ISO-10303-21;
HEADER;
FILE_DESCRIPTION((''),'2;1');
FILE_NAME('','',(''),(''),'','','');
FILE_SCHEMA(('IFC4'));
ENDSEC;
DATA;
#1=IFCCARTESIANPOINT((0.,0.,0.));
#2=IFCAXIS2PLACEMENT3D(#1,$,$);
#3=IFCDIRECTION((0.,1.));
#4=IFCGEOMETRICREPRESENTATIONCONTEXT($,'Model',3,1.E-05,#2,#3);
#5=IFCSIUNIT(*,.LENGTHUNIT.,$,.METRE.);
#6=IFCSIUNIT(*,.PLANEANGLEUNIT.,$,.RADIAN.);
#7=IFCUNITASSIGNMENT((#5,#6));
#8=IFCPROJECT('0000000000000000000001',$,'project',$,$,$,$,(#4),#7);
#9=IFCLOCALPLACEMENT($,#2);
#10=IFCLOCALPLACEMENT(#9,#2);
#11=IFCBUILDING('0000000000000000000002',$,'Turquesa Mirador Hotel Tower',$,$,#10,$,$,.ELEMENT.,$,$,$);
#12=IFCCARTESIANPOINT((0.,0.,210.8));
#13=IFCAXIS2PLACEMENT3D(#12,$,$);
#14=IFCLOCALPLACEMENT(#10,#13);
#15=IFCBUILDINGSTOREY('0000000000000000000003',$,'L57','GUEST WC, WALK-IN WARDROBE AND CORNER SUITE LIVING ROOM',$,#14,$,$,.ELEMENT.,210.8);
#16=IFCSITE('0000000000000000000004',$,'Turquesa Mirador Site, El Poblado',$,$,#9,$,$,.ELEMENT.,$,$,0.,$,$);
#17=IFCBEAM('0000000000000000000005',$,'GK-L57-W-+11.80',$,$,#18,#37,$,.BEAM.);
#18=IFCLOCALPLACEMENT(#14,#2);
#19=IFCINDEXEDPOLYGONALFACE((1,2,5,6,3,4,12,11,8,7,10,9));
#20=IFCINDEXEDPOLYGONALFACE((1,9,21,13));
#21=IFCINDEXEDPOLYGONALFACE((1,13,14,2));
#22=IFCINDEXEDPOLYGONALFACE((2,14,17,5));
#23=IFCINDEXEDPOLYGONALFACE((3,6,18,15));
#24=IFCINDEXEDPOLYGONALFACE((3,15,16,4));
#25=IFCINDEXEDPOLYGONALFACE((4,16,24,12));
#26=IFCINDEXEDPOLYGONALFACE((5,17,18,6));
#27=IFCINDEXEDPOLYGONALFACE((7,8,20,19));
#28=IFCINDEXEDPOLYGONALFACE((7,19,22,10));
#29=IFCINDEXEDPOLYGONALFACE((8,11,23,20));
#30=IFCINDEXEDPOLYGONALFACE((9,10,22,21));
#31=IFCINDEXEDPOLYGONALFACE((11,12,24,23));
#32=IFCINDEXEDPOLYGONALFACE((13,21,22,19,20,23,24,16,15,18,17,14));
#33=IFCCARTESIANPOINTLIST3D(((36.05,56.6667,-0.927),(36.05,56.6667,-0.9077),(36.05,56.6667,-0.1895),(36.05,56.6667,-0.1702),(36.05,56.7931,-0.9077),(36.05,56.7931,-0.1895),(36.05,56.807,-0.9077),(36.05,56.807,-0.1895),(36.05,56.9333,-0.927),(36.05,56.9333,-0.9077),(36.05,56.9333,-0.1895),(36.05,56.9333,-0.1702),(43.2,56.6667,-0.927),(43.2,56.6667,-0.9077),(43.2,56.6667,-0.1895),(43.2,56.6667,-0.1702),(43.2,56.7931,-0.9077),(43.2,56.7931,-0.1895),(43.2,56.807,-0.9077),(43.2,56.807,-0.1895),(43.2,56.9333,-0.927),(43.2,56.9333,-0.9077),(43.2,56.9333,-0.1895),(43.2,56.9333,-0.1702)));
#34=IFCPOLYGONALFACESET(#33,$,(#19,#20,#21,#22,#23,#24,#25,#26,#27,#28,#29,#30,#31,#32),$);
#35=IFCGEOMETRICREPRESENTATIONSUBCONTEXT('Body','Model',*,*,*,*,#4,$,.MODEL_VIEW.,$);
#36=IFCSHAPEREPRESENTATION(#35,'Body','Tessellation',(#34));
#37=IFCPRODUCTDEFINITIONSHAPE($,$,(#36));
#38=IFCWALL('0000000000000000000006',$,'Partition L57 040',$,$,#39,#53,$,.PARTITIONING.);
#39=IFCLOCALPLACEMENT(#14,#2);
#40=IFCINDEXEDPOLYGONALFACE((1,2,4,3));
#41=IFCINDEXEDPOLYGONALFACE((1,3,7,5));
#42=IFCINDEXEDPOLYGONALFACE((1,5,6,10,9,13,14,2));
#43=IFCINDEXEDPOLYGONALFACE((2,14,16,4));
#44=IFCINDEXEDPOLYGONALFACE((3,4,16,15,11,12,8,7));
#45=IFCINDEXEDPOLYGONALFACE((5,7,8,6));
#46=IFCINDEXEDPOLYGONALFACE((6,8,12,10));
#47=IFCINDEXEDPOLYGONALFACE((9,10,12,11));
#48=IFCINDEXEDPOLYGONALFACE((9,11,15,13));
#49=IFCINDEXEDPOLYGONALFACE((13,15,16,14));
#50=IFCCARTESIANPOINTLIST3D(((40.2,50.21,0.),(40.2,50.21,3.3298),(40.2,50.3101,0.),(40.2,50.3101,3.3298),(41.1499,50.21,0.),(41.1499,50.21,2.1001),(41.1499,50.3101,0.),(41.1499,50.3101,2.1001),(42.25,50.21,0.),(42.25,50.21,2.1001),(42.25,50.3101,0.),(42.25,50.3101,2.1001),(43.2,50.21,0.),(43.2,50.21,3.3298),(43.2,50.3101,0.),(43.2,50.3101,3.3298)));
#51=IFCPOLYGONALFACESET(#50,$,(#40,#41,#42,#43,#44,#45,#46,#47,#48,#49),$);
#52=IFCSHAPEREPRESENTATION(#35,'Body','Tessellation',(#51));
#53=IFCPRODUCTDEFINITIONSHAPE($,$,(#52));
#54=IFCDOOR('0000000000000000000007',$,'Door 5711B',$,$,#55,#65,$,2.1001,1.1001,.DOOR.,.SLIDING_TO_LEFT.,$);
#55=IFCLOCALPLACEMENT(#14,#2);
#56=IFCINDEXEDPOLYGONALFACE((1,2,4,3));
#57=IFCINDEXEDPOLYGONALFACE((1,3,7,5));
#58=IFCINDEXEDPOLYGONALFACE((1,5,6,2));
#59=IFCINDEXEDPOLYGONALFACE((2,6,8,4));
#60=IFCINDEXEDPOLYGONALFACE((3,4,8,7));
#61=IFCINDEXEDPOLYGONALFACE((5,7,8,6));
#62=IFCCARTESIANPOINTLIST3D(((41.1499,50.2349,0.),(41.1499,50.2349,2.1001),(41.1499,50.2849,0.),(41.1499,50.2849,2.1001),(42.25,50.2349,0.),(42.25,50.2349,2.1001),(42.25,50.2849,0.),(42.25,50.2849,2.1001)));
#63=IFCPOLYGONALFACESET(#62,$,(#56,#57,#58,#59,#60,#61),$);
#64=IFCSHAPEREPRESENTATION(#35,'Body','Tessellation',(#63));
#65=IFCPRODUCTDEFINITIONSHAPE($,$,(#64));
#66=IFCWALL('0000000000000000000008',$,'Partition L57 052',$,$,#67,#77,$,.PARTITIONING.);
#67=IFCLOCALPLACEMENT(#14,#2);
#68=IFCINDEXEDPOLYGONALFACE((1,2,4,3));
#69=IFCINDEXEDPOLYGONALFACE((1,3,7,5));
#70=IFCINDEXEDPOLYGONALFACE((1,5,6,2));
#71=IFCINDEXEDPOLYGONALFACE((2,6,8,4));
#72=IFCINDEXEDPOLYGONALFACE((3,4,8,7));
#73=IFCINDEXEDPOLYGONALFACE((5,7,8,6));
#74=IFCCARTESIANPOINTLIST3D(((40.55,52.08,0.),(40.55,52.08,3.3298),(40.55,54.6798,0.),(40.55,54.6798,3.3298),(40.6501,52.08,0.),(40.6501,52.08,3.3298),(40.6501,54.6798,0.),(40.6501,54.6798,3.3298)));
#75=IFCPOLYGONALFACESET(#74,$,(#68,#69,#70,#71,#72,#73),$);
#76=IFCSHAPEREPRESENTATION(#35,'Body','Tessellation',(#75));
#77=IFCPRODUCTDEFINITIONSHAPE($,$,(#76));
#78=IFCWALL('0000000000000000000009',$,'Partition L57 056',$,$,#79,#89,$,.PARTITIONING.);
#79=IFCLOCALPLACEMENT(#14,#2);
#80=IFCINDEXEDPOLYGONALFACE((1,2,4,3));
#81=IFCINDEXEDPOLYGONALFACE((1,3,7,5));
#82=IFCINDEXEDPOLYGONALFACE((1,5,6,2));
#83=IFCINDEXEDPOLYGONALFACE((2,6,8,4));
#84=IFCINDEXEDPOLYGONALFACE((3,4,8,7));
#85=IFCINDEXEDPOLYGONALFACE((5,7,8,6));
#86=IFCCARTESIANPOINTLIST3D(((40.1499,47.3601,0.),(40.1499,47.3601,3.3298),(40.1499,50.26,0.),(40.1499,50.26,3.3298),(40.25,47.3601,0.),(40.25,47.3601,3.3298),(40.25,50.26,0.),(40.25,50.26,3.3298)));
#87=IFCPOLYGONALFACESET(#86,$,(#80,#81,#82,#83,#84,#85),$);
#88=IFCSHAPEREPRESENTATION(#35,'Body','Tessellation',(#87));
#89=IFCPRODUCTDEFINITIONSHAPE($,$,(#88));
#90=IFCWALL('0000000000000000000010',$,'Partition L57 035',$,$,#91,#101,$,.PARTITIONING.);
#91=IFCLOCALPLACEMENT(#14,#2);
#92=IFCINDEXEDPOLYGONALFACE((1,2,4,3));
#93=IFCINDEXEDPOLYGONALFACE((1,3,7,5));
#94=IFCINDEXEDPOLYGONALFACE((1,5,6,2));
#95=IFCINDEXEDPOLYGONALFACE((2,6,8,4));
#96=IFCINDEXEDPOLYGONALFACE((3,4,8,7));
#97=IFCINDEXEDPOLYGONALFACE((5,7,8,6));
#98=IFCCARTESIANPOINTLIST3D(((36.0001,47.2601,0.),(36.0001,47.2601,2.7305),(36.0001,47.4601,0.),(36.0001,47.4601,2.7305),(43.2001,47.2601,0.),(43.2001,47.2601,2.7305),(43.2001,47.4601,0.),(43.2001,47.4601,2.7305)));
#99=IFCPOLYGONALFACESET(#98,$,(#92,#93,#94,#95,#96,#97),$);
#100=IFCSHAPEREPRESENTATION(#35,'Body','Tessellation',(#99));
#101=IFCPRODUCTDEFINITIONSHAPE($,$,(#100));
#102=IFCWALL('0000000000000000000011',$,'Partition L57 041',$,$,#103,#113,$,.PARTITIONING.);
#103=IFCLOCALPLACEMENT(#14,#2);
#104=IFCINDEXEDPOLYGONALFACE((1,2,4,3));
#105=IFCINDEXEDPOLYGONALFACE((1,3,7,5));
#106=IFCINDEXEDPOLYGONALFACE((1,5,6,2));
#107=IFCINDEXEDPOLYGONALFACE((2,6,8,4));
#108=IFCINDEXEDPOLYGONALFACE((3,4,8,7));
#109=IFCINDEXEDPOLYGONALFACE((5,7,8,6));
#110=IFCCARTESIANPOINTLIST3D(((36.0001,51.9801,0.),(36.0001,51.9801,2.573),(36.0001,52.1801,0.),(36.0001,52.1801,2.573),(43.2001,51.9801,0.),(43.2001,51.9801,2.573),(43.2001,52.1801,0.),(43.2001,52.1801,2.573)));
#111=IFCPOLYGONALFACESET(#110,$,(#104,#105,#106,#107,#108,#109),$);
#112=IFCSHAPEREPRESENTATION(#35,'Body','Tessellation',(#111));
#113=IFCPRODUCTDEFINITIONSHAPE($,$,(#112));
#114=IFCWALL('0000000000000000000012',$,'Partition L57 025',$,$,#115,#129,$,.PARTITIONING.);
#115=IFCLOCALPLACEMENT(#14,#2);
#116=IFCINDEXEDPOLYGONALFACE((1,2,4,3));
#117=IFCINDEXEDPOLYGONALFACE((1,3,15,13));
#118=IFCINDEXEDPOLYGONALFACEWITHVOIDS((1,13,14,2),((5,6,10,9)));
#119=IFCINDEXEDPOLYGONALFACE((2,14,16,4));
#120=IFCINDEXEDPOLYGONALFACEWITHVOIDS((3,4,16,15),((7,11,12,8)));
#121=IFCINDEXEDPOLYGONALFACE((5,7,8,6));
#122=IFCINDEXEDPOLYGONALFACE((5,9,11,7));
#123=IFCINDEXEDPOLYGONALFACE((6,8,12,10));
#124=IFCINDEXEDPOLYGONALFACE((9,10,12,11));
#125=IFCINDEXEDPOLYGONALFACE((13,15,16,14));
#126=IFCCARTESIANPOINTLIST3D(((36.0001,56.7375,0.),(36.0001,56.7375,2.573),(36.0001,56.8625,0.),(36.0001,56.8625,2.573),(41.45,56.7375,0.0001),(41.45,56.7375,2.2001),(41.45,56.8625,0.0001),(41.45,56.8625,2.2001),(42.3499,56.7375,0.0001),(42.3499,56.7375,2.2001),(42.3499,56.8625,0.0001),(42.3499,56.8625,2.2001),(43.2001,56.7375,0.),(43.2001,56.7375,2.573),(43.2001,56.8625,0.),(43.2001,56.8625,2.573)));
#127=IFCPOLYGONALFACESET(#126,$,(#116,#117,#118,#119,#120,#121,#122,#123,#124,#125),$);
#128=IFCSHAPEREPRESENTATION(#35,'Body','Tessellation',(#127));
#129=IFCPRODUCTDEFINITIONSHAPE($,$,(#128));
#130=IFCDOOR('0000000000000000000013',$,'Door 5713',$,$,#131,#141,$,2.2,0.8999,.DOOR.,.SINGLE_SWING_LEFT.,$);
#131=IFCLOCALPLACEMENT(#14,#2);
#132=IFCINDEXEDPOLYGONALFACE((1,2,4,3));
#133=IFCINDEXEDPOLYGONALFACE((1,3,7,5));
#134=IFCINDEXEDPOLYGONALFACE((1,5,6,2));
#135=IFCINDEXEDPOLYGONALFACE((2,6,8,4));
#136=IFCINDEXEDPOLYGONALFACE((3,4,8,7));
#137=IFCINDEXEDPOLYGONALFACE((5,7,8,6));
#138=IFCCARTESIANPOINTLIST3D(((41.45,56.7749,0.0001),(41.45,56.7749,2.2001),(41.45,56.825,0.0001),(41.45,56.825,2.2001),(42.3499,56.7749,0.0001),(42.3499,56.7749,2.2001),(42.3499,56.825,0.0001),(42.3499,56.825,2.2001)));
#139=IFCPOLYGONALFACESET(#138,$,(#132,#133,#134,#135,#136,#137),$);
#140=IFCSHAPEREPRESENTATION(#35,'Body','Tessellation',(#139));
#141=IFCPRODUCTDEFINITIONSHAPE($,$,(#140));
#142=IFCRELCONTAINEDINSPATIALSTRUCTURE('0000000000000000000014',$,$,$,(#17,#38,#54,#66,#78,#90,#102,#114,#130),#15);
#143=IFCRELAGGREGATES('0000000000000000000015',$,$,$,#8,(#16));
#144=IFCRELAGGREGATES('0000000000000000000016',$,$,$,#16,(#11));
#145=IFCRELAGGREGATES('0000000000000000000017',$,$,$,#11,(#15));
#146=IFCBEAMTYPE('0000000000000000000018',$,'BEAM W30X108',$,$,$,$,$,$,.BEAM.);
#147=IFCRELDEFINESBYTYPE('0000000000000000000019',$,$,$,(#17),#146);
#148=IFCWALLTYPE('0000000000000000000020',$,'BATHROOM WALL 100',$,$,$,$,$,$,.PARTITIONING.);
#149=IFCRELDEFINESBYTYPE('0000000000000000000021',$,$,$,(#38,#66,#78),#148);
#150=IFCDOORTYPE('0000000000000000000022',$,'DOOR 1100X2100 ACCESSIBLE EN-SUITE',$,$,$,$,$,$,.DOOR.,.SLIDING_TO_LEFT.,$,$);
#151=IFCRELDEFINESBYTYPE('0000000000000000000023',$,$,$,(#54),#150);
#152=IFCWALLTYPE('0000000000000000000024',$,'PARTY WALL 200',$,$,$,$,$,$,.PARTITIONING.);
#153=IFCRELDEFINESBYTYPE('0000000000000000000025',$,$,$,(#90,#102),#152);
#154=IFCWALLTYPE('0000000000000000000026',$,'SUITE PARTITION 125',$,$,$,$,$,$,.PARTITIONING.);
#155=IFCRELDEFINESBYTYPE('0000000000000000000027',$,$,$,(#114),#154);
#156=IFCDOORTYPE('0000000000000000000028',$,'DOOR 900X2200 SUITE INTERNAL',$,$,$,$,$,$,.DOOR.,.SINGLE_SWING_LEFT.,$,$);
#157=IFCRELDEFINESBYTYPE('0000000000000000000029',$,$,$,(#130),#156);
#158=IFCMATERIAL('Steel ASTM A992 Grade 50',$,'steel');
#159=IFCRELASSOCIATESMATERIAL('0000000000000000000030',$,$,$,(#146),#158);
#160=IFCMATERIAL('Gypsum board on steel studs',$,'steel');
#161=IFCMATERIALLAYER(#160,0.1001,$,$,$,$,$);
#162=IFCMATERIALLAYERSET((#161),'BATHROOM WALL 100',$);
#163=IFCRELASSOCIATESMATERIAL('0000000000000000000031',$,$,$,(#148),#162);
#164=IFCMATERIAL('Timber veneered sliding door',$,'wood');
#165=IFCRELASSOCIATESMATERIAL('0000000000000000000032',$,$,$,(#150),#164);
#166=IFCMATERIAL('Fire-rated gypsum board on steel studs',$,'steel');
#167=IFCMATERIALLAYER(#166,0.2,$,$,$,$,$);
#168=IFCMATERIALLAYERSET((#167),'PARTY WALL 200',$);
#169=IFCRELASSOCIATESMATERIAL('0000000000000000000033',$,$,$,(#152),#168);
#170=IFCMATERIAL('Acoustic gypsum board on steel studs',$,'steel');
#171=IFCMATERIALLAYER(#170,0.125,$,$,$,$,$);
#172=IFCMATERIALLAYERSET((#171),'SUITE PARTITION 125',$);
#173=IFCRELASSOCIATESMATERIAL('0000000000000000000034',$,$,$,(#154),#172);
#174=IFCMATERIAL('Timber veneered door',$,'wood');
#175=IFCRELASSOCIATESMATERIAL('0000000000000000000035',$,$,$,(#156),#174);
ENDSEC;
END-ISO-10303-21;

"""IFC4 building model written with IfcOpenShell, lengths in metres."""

from ifc_helpers import new_model, si_unit, direction, frame, frame_2d, origin, origin_2d, place, context, subcontext, project, spatial, rectangle, i_section, extrude, material, layer, layer_set, material_profile, profile_set, type_object, element, fill, save


model = new_model("IFC4")

# Units and contexts
model_context = context("Model", 3, precision=1e-05, world=origin(), true_north=direction((0.0, 1.0)))
body_context = subcontext(model_context, "Body", "Model", "MODEL_VIEW")
ifc_project = project(units=[si_unit("LENGTHUNIT", "METRE"), si_unit("PLANEANGLEUNIT", "RADIAN")], contexts=[model_context])

# Site, building, storey
site_placement = place(None, origin())
site = spatial("IfcSite", under=ifc_project, at=site_placement, Name="Turquesa Mirador Site, El Poblado", CompositionType="ELEMENT", RefElevation=0.0)
building_placement = place(site_placement, origin())
building = spatial("IfcBuilding", under=site, at=building_placement, Name="Turquesa Mirador Hotel Tower", CompositionType="ELEMENT")
storey_placement = place(building_placement, frame((0.0, 0.0, 210.8)))
storey = spatial("IfcBuildingStorey", under=building, at=storey_placement, Name="L57", Description="GUEST WC, WALK-IN WARDROBE AND CORNER SUITE LIVING ROOM", CompositionType="ELEMENT", Elevation=210.8)

# Beam
ifc_material_1 = material(Name="Steel ASTM A992 Grade 50", Category="steel")
ifc_material_profile_1 = material_profile(ifc_material_1, i_section(OverallWidth=0.2666, OverallDepth=0.7568, WebThickness=0.0139, FlangeThickness=0.0193, at=origin_2d()), Name="W30X108")
ifc_profile_set_1 = profile_set([ifc_material_profile_1], Name="Steel ASTM A992 Grade 50")
beam_type_1 = type_object("IfcBeamType", Name="BEAM W30X108", PredefinedType="BEAM", material=ifc_profile_set_1)
beam_1_placement = place(storey_placement, frame((36.05, 56.8, -0.5486), z_axis=(1.0, 0.0, 0.0), x_axis=(0.0, 1.0, 0.0)))
element("IfcBeam", 1, at=beam_1_placement, inside=storey, type_object=beam_type_1, Name="GK-L57-W-+11.80", PredefinedType="BEAM", context=body_context, shape_type="SweptSolid", body=[
    extrude(i_section(OverallWidth=0.2666, OverallDepth=0.7568, WebThickness=0.0139, FlangeThickness=0.0193, at=origin_2d()), origin(), (0.0, 0.0, 1.0), 7.1499),
])

# Wall, opening, door
ifc_material_2 = material(Name="Gypsum board on steel studs", Category="steel")
ifc_layer_1 = layer(ifc_material_2, 0.1001)
ifc_layer_set_1 = layer_set([ifc_layer_1], Name="BATHROOM WALL 100")
wall_type_1 = type_object("IfcWallType", Name="BATHROOM WALL 100", PredefinedType="PARTITIONING", material=ifc_layer_set_1)
wall_1_placement = place(storey_placement, frame((40.2, 50.26, 0.0), z_axis=(0.0, 0.0, 1.0), x_axis=(1.0, 0.0, 0.0)))
wall_1 = element("IfcWall", 2, at=wall_1_placement, inside=storey, type_object=wall_type_1, Name="Partition L57 040", PredefinedType="PARTITIONING", context=body_context, shape_type="SweptSolid", body=[
    extrude(rectangle(XDim=3.0, YDim=0.1001, at=frame_2d((1.5, 0.0))), origin(), (0.0, 0.0, 1.0), 3.3298),
])
opening_1_placement = place(wall_1_placement, frame((0.95, 0.0, 0.0)))
opening_1 = element("IfcOpeningElement", 3, at=opening_1_placement, cuts=wall_1, PredefinedType="OPENING", context=body_context, shape_type="SweptSolid", body=[
    extrude(rectangle(XDim=1.1001, YDim=2.1001, at=frame_2d((0.55, 1.05))), frame((0.0, 0.0601, 0.0), z_axis=(0.0, -1.0, 0.0), x_axis=(1.0, 0.0, 0.0)), (0.0, 0.0, 1.0), 0.1201),
])
ifc_material_3 = material(Name="Timber veneered sliding door", Category="wood")
door_type_1 = type_object("IfcDoorType", Name="DOOR 1100X2100 ACCESSIBLE EN-SUITE", OperationType="SLIDING_TO_LEFT", PredefinedType="DOOR", material=ifc_material_3)
door_1_placement = place(opening_1_placement, origin())
door_1 = element("IfcDoor", 4, at=door_1_placement, inside=storey, type_object=door_type_1, Name="Door 5711B", OperationType="SLIDING_TO_LEFT", OverallHeight=2.1001, OverallWidth=1.1001, PredefinedType="DOOR", context=body_context, shape_type="SweptSolid", body=[
    extrude(rectangle(XDim=1.1001, YDim=2.1001, at=frame_2d((0.55, 1.05))), frame((0.0, 0.0249, 0.0), z_axis=(0.0, -1.0, 0.0), x_axis=(1.0, 0.0, 0.0)), (0.0, 0.0, 1.0), 0.05),
])
fill(opening_1, door_1)

# Walls
wall_2_placement = place(storey_placement, frame((40.6001, 52.0801, 0.0), z_axis=(0.0, 0.0, 1.0), x_axis=(0.0, 1.0, 0.0)))
element("IfcWall", 5, at=wall_2_placement, inside=storey, type_object=wall_type_1, Name="Partition L57 052", PredefinedType="PARTITIONING", context=body_context, shape_type="SweptSolid", body=[
    extrude(rectangle(XDim=2.5999, YDim=0.1001, at=frame_2d((1.2998, 0.0))), origin(), (0.0, 0.0, 1.0), 3.3298),
])
wall_3_placement = place(storey_placement, frame((40.2, 47.3601, 0.0), z_axis=(0.0, 0.0, 1.0), x_axis=(0.0, 1.0, 0.0)))
element("IfcWall", 6, at=wall_3_placement, inside=storey, type_object=wall_type_1, Name="Partition L57 056", PredefinedType="PARTITIONING", context=body_context, shape_type="SweptSolid", body=[
    extrude(rectangle(XDim=2.8999, YDim=0.1001, at=frame_2d((1.45, 0.0))), origin(), (0.0, 0.0, 1.0), 3.3298),
])
ifc_material_4 = material(Name="Fire-rated gypsum board on steel studs", Category="steel")
ifc_layer_2 = layer(ifc_material_4, 0.2)
ifc_layer_set_2 = layer_set([ifc_layer_2], Name="PARTY WALL 200")
wall_type_2 = type_object("IfcWallType", Name="PARTY WALL 200", PredefinedType="PARTITIONING", material=ifc_layer_set_2)
wall_4_placement = place(storey_placement, frame((36.0, 47.3601, 0.0), z_axis=(0.0, 0.0, 1.0), x_axis=(1.0, 0.0, 0.0)))
element("IfcWall", 7, at=wall_4_placement, inside=storey, type_object=wall_type_2, Name="Partition L57 035", PredefinedType="PARTITIONING", context=body_context, shape_type="SweptSolid", body=[
    extrude(rectangle(XDim=7.2, YDim=0.2, at=frame_2d((3.6001, 0.0))), origin(), (0.0, 0.0, 1.0), 2.7305),
])
wall_5_placement = place(storey_placement, frame((36.0, 52.0801, 0.0), z_axis=(0.0, 0.0, 1.0), x_axis=(1.0, 0.0, 0.0)))
element("IfcWall", 8, at=wall_5_placement, inside=storey, type_object=wall_type_2, Name="Partition L57 041", PredefinedType="PARTITIONING", context=body_context, shape_type="SweptSolid", body=[
    extrude(rectangle(XDim=7.2, YDim=0.2, at=frame_2d((3.6001, 0.0))), origin(), (0.0, 0.0, 1.0), 2.573),
])

# Wall, opening, door
ifc_material_5 = material(Name="Acoustic gypsum board on steel studs", Category="steel")
ifc_layer_3 = layer(ifc_material_5, 0.125)
ifc_layer_set_3 = layer_set([ifc_layer_3], Name="SUITE PARTITION 125")
wall_type_3 = type_object("IfcWallType", Name="SUITE PARTITION 125", PredefinedType="PARTITIONING", material=ifc_layer_set_3)
wall_6_placement = place(storey_placement, frame((36.0, 56.8, 0.0), z_axis=(0.0, 0.0, 1.0), x_axis=(1.0, 0.0, 0.0)))
wall_6 = element("IfcWall", 9, at=wall_6_placement, inside=storey, type_object=wall_type_3, Name="Partition L57 025", PredefinedType="PARTITIONING", context=body_context, shape_type="SweptSolid", body=[
    extrude(rectangle(XDim=7.2, YDim=0.125, at=frame_2d((3.6001, 0.0))), origin(), (0.0, 0.0, 1.0), 2.573),
])
opening_2_placement = place(wall_6_placement, frame((5.45, 0.0, 0.0)))
opening_2 = element("IfcOpeningElement", 10, at=opening_2_placement, cuts=wall_6, PredefinedType="OPENING", context=body_context, shape_type="SweptSolid", body=[
    extrude(rectangle(XDim=0.8999, YDim=2.2, at=frame_2d((0.45, 1.1001))), frame((0.0, 0.0725, 0.0), z_axis=(0.0, -1.0, 0.0), x_axis=(1.0, 0.0, 0.0)), (0.0, 0.0, 1.0), 0.145),
])
ifc_material_6 = material(Name="Timber veneered door", Category="wood")
door_type_2 = type_object("IfcDoorType", Name="DOOR 900X2200 SUITE INTERNAL", OperationType="SINGLE_SWING_LEFT", PredefinedType="DOOR", material=ifc_material_6)
door_2_placement = place(opening_2_placement, origin())
door_2 = element("IfcDoor", 11, at=door_2_placement, inside=storey, type_object=door_type_2, Name="Door 5713", OperationType="SINGLE_SWING_LEFT", OverallHeight=2.2, OverallWidth=0.8999, PredefinedType="DOOR", context=body_context, shape_type="SweptSolid", body=[
    extrude(rectangle(XDim=0.8999, YDim=2.2, at=frame_2d((0.45, 1.1001))), frame((0.0, 0.0249, 0.0), z_axis=(0.0, -1.0, 0.0), x_axis=(1.0, 0.0, 0.0)), (0.0, 0.0, 1.0), 0.05),
])
fill(opening_2, door_2)

save(model, "model.ifc")
